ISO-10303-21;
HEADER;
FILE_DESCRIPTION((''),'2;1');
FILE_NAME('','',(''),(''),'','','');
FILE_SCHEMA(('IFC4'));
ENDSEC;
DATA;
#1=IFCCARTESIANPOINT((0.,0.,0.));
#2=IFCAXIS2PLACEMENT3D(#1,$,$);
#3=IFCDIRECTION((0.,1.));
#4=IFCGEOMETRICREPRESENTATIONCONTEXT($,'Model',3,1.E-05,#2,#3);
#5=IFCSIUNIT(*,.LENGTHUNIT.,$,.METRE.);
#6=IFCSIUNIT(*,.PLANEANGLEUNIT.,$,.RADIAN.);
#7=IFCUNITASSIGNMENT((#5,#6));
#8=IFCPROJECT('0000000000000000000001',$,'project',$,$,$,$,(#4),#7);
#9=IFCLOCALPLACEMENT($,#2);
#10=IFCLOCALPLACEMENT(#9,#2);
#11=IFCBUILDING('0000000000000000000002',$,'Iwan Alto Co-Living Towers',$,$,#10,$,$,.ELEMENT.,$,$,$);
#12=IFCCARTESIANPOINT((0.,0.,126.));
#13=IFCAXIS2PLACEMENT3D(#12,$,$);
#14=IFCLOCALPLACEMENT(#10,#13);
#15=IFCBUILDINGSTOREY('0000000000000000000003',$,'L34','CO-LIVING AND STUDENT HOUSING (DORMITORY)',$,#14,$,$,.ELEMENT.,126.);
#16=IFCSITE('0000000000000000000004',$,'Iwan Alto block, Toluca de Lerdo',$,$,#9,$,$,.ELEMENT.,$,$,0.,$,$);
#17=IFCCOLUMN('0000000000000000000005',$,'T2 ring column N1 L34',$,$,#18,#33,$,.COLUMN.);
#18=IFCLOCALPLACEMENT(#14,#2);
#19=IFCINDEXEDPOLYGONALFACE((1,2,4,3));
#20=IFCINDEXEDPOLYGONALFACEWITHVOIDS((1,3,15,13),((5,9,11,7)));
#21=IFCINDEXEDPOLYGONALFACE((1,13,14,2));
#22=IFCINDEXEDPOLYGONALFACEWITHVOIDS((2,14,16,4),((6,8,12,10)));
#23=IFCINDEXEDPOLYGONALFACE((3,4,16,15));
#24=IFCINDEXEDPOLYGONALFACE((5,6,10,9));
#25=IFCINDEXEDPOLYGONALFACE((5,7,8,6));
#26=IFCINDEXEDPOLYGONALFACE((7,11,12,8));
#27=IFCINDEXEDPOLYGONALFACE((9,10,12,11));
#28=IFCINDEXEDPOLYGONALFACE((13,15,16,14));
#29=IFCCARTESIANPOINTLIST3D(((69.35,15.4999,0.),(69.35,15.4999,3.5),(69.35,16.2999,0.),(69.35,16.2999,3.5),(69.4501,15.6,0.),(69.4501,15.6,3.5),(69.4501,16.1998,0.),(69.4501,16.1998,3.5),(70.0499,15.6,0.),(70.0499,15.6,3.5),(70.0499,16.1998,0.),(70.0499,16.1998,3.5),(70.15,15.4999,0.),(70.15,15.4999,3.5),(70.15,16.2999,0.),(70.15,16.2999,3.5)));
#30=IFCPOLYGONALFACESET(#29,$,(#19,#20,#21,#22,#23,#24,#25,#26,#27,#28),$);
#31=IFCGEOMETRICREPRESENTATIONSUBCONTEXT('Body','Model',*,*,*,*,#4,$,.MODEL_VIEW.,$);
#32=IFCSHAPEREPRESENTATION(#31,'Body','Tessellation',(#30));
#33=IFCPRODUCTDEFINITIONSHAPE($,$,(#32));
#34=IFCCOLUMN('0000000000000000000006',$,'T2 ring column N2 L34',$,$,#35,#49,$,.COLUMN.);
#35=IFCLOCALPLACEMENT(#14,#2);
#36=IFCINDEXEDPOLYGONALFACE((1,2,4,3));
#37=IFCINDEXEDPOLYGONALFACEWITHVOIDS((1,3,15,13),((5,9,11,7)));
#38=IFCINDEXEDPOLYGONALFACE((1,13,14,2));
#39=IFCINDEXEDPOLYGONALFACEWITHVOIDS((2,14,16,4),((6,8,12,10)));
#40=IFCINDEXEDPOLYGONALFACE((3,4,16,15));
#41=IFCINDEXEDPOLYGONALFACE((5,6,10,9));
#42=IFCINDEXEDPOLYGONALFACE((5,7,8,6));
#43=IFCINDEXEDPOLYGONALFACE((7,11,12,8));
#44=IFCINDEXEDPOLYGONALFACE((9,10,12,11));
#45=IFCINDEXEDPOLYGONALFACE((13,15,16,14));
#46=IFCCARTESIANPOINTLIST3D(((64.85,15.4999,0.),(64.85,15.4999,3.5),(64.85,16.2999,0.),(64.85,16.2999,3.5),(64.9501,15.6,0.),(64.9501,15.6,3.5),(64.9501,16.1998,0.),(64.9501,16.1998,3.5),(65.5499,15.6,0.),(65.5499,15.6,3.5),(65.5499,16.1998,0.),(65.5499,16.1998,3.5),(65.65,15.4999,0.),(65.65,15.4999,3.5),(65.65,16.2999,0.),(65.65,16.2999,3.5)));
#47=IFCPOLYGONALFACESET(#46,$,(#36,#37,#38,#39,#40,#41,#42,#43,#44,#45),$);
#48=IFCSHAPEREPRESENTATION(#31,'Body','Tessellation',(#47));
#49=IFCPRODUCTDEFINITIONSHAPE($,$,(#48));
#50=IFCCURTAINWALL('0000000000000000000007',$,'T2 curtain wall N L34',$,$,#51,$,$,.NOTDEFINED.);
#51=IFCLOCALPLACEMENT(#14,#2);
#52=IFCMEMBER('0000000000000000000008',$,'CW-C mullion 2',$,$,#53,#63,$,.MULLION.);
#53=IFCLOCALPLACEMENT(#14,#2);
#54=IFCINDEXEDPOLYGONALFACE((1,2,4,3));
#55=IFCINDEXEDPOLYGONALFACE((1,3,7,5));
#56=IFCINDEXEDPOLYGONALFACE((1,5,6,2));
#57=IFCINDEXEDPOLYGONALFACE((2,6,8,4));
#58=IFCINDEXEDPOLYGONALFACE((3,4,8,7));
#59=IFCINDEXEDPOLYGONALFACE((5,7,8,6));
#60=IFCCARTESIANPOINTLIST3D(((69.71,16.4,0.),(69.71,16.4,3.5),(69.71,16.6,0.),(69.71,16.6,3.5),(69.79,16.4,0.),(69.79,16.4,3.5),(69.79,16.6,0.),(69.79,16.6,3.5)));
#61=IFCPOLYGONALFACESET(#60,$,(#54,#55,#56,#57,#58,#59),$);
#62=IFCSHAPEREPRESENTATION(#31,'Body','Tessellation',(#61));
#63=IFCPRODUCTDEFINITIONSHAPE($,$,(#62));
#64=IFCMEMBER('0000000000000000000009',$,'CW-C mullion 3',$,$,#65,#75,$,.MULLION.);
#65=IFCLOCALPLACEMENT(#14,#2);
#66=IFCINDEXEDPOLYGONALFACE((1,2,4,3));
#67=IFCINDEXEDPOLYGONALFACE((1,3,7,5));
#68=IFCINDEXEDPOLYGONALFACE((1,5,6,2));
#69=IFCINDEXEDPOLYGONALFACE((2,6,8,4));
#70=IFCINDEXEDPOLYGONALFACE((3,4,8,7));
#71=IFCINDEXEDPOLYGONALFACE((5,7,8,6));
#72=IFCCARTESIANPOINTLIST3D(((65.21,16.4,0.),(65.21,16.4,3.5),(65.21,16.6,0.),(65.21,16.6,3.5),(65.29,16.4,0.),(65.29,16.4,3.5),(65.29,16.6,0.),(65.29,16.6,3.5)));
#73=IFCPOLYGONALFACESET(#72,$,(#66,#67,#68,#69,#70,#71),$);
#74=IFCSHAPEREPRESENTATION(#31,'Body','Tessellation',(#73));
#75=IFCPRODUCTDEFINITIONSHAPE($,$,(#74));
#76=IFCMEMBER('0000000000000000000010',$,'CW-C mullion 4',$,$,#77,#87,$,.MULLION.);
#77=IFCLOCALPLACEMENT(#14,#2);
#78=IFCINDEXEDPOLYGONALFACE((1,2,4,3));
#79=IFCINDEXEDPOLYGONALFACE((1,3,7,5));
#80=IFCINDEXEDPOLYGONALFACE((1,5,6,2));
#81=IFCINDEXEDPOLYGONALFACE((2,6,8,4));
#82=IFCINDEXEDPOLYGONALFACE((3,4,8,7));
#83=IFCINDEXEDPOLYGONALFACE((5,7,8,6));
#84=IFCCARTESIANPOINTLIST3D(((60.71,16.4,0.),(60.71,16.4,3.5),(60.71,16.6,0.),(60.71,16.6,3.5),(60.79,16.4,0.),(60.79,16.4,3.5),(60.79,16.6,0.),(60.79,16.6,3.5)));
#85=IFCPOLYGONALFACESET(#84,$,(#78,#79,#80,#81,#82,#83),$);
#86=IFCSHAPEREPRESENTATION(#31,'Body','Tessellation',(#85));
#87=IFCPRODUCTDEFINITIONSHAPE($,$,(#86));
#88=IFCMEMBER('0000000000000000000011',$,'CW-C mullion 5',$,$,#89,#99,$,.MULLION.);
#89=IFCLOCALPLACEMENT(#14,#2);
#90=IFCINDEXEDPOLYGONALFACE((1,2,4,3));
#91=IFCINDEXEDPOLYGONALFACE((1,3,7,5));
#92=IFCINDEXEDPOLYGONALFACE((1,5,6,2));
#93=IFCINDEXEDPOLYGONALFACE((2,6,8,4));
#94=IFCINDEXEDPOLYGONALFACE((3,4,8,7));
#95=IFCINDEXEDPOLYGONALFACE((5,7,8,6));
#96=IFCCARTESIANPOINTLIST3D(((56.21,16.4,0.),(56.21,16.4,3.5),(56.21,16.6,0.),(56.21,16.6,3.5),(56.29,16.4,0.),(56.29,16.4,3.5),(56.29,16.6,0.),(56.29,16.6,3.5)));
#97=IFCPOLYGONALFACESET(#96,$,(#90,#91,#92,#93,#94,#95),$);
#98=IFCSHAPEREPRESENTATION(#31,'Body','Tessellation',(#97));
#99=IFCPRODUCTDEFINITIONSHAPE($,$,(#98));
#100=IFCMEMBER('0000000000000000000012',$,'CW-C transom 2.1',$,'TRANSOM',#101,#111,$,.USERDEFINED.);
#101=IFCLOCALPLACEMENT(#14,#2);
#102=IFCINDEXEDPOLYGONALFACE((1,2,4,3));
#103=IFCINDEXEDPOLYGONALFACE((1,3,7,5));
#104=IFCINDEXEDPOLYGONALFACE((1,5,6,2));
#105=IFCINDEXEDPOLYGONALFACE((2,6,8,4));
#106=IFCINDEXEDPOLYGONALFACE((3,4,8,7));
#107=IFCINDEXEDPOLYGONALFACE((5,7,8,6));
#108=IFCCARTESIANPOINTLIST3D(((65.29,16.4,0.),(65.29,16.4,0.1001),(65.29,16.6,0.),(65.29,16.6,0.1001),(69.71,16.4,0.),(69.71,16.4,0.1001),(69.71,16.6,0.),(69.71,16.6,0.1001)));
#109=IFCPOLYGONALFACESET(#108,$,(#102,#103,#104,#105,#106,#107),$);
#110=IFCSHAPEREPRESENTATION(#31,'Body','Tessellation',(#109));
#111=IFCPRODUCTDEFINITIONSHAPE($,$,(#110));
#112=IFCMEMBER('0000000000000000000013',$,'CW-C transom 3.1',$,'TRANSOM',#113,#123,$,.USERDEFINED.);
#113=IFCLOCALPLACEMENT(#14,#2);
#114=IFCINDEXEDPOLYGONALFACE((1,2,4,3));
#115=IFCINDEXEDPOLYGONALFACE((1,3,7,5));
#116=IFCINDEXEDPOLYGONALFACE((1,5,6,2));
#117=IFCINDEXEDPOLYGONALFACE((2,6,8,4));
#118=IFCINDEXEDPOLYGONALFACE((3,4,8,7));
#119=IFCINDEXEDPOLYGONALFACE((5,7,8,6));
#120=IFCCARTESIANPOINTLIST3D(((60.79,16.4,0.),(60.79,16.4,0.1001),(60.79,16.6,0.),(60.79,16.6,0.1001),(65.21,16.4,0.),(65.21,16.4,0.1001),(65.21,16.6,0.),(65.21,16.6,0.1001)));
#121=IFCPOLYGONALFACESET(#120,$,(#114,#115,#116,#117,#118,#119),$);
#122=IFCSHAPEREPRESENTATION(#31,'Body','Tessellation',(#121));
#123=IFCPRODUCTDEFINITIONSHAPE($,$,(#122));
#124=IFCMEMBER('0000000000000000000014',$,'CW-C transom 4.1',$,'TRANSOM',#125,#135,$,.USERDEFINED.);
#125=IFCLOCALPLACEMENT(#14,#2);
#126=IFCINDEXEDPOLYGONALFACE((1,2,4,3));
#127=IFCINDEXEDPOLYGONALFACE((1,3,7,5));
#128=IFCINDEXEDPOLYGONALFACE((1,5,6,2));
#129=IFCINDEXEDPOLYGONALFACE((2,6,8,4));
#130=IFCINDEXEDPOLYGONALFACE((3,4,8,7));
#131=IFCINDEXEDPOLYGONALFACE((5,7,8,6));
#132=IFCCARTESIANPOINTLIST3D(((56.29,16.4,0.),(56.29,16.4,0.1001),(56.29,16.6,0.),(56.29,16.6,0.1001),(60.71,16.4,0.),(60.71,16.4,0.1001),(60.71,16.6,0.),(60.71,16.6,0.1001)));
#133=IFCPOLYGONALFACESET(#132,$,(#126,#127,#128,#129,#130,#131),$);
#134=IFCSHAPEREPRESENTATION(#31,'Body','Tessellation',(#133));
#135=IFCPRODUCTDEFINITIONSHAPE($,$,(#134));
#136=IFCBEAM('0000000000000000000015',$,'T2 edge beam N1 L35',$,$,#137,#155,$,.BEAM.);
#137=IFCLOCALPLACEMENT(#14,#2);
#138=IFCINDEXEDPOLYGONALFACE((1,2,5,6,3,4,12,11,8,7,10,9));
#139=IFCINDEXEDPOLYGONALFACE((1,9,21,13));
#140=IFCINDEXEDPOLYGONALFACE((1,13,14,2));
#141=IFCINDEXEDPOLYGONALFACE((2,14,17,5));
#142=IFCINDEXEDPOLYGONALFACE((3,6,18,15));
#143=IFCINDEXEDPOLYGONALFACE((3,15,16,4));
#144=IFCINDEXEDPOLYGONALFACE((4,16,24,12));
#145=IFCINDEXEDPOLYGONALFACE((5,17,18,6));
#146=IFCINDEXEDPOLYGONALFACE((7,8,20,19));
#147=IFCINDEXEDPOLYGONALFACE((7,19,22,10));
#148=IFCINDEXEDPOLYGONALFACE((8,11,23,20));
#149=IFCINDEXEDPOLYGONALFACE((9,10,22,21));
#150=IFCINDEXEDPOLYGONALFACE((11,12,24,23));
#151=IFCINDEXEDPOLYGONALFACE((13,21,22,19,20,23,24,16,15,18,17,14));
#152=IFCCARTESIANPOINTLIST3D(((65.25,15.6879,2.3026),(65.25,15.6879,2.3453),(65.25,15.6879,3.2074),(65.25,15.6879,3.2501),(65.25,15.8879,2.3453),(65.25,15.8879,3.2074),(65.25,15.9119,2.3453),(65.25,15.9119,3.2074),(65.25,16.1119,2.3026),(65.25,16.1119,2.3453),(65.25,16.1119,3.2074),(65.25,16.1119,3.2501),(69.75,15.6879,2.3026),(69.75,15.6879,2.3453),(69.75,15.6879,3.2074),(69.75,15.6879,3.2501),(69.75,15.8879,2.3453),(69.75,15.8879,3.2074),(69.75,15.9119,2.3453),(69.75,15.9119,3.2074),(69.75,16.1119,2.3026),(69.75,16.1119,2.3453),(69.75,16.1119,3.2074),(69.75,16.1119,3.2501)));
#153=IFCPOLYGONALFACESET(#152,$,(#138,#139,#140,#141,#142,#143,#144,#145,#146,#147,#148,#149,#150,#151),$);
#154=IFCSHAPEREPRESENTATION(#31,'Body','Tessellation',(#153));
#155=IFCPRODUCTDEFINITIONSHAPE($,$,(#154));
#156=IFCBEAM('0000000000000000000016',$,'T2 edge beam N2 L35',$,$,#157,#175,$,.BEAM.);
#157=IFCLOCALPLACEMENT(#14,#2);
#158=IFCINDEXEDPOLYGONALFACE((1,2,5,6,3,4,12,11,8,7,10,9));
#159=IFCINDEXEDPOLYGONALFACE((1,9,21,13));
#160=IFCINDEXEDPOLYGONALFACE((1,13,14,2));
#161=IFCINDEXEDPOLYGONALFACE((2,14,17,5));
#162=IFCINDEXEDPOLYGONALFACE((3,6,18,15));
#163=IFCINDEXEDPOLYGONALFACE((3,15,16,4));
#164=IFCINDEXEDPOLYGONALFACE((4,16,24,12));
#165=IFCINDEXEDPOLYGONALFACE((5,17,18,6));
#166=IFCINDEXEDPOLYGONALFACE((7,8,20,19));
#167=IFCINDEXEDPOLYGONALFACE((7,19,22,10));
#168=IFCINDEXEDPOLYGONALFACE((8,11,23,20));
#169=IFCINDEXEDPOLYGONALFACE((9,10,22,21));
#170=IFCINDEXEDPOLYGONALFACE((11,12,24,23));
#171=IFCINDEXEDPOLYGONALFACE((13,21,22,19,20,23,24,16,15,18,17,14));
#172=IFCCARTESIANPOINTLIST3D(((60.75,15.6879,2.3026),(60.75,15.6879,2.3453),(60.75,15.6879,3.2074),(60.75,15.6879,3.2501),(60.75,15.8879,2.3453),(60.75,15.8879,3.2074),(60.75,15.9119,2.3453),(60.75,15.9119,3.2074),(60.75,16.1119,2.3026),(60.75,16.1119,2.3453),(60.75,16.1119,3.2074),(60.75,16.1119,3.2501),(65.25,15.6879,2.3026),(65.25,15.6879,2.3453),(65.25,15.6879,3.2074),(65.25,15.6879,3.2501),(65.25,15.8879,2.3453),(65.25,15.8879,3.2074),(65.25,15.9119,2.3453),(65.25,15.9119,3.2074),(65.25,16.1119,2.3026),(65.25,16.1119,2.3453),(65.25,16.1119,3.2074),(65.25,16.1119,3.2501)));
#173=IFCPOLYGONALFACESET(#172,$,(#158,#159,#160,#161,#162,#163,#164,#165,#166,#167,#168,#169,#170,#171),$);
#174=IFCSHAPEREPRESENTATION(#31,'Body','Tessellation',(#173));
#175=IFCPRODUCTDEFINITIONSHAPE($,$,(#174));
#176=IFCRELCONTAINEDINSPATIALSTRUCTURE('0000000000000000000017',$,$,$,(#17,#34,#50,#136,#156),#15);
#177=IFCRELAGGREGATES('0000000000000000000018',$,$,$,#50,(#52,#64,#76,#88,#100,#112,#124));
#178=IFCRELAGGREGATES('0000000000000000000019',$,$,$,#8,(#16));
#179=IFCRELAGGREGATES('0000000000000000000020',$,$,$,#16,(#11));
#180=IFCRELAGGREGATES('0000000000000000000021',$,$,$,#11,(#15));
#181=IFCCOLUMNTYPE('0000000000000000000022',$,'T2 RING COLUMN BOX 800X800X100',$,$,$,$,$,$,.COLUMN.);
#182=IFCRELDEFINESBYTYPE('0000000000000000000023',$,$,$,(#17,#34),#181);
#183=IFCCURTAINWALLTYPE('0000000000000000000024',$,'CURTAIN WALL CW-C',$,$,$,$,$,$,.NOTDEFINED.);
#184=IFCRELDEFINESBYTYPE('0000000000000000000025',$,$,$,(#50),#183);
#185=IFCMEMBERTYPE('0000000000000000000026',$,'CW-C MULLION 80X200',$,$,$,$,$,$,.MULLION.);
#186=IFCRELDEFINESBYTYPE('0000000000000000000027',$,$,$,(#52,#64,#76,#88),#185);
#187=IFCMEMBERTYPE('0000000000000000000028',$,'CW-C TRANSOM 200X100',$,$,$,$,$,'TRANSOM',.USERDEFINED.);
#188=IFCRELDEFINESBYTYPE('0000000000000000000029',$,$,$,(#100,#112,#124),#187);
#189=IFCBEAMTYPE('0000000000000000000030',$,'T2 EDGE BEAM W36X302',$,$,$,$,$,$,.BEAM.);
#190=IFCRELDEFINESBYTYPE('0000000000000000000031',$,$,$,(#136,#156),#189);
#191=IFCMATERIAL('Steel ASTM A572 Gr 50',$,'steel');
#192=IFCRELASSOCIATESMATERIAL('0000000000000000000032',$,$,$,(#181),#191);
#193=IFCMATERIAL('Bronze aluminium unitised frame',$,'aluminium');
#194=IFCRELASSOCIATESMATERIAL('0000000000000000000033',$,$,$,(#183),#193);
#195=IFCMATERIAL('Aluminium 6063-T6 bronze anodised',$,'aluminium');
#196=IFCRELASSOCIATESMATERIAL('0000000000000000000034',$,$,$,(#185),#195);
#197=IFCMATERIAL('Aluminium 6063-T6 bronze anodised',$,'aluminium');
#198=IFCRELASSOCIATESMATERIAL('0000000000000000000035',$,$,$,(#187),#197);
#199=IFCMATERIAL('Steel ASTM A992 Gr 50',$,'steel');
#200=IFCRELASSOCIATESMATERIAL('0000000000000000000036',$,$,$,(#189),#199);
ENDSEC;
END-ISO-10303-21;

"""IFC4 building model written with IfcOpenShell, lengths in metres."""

from ifc_helpers import new_model, si_unit, direction, frame, origin, origin_2d, place, context, subcontext, project, spatial, rectangle, hollow_rectangle, i_section, extrude, material, material_profile, profile_set, type_object, element, aggregate, save


model = new_model("IFC4")

# Units and contexts
model_context = context("Model", 3, precision=1e-05, world=origin(), true_north=direction((0.0, 1.0)))
body_context = subcontext(model_context, "Body", "Model", "MODEL_VIEW")
ifc_project = project(units=[si_unit("LENGTHUNIT", "METRE"), si_unit("PLANEANGLEUNIT", "RADIAN")], contexts=[model_context])

# Site, building, storey
site_placement = place(None, origin())
site = spatial("IfcSite", under=ifc_project, at=site_placement, Name="Iwan Alto block, Toluca de Lerdo", CompositionType="ELEMENT", RefElevation=0.0)
building_placement = place(site_placement, origin())
building = spatial("IfcBuilding", under=site, at=building_placement, Name="Iwan Alto Co-Living Towers", CompositionType="ELEMENT")
storey_placement = place(building_placement, frame((0.0, 0.0, 126.0)))
storey = spatial("IfcBuildingStorey", under=building, at=storey_placement, Name="L34", Description="CO-LIVING AND STUDENT HOUSING (DORMITORY)", CompositionType="ELEMENT", Elevation=126.0)

# Columns
ifc_material_1 = material(Name="Steel ASTM A572 Gr 50", Category="steel")
ifc_material_profile_1 = material_profile(ifc_material_1, hollow_rectangle(XDim=0.8, YDim=0.8, WallThickness=0.1001, at=origin_2d()), Name="BOX 800X800X100")
ifc_profile_set_1 = profile_set([ifc_material_profile_1], Name="Steel ASTM A572 Gr 50")
column_type = type_object("IfcColumnType", Name="T2 RING COLUMN BOX 800X800X100", PredefinedType="COLUMN", material=ifc_profile_set_1)
for number, where, z_axis, x_axis, name in (
    (1, (69.75, 15.8999, 0.0), (0.0, 0.0, 1.0), (1.0, 0.0, 0.0), "T2 ring column N1 L34"),
    (2, (65.25, 15.8999, 0.0), (0.0, 0.0, 1.0), (1.0, 0.0, 0.0), "T2 ring column N2 L34"),
):
    element("IfcColumn", number, at=place(storey_placement, frame(where, z_axis=z_axis, x_axis=x_axis)), inside=storey, type_object=column_type, Name=name, PredefinedType="COLUMN", context=body_context, shape_type="SweptSolid", body=[
        extrude(hollow_rectangle(XDim=0.8, YDim=0.8, WallThickness=0.1001, at=origin_2d()), origin(), (0.0, 0.0, 1.0), 3.5),
    ])

# Curtain wall, members
ifc_material_2 = material(Name="Bronze aluminium unitised frame", Category="aluminium")
curtain_wall_type = type_object("IfcCurtainWallType", Name="CURTAIN WALL CW-C", PredefinedType="NOTDEFINED", material=ifc_material_2)
curtain_wall_placement = place(storey_placement, origin())
curtain_wall = element("IfcCurtainWall", 3, at=curtain_wall_placement, inside=storey, type_object=curtain_wall_type, Name="T2 curtain wall N L34", PredefinedType="NOTDEFINED")
ifc_material_3 = material(Name="Aluminium 6063-T6 bronze anodised", Category="aluminium")
ifc_material_profile_2 = material_profile(ifc_material_3, rectangle(XDim=0.2, YDim=0.0801, at=origin_2d()), Name="AL 80X200")
ifc_profile_set_2 = profile_set([ifc_material_profile_2], Name="Aluminium 6063-T6 bronze anodised")
member_type_1 = type_object("IfcMemberType", Name="CW-C MULLION 80X200", PredefinedType="MULLION", material=ifc_profile_set_2)
member_1_placement = place(storey_placement, frame((69.75, 16.5, 0.0), z_axis=(0.0, 0.0, 1.0), x_axis=(0.0, -1.0, 0.0)))
member_1 = element("IfcMember", 4, at=member_1_placement, type_object=member_type_1, Name="CW-C mullion 2", PredefinedType="MULLION", context=body_context, shape_type="SweptSolid", body=[
    extrude(rectangle(XDim=0.2, YDim=0.0801, at=origin_2d()), origin(), (0.0, 0.0, 1.0), 3.5),
])
member_2_placement = place(storey_placement, frame((65.25, 16.5, 0.0), z_axis=(0.0, 0.0, 1.0), x_axis=(0.0, -1.0, 0.0)))
member_2 = element("IfcMember", 5, at=member_2_placement, type_object=member_type_1, Name="CW-C mullion 3", PredefinedType="MULLION", context=body_context, shape_type="SweptSolid", body=[
    extrude(rectangle(XDim=0.2, YDim=0.0801, at=origin_2d()), origin(), (0.0, 0.0, 1.0), 3.5),
])
member_3_placement = place(storey_placement, frame((60.75, 16.5, 0.0), z_axis=(0.0, 0.0, 1.0), x_axis=(0.0, -1.0, 0.0)))
member_3 = element("IfcMember", 6, at=member_3_placement, type_object=member_type_1, Name="CW-C mullion 4", PredefinedType="MULLION", context=body_context, shape_type="SweptSolid", body=[
    extrude(rectangle(XDim=0.2, YDim=0.0801, at=origin_2d()), origin(), (0.0, 0.0, 1.0), 3.5),
])
member_4_placement = place(storey_placement, frame((56.25, 16.5, 0.0), z_axis=(0.0, 0.0, 1.0), x_axis=(0.0, -1.0, 0.0)))
member_4 = element("IfcMember", 7, at=member_4_placement, type_object=member_type_1, Name="CW-C mullion 5", PredefinedType="MULLION", context=body_context, shape_type="SweptSolid", body=[
    extrude(rectangle(XDim=0.2, YDim=0.0801, at=origin_2d()), origin(), (0.0, 0.0, 1.0), 3.5),
])
ifc_material_4 = material(Name="Aluminium 6063-T6 bronze anodised", Category="aluminium")
ifc_material_profile_3 = material_profile(ifc_material_4, rectangle(XDim=0.2, YDim=0.1001, at=origin_2d()), Name="AL 200X100")
ifc_profile_set_3 = profile_set([ifc_material_profile_3], Name="Aluminium 6063-T6 bronze anodised")
member_type_2 = type_object("IfcMemberType", Name="CW-C TRANSOM 200X100", ElementType="TRANSOM", PredefinedType="USERDEFINED", material=ifc_profile_set_3)
member_5_placement = place(storey_placement, frame((69.71, 16.5, 0.05), z_axis=(-1.0, 0.0, 0.0), x_axis=(0.0, -1.0, 0.0)))
member_5 = element("IfcMember", 8, at=member_5_placement, type_object=member_type_2, Name="CW-C transom 2.1", ObjectType="TRANSOM", PredefinedType="USERDEFINED", context=body_context, shape_type="SweptSolid", body=[
    extrude(rectangle(XDim=0.2, YDim=0.1001, at=origin_2d()), origin(), (0.0, 0.0, 1.0), 4.4199),
])
member_6_placement = place(storey_placement, frame((65.21, 16.5, 0.05), z_axis=(-1.0, 0.0, 0.0), x_axis=(0.0, -1.0, 0.0)))
member_6 = element("IfcMember", 9, at=member_6_placement, type_object=member_type_2, Name="CW-C transom 3.1", ObjectType="TRANSOM", PredefinedType="USERDEFINED", context=body_context, shape_type="SweptSolid", body=[
    extrude(rectangle(XDim=0.2, YDim=0.1001, at=origin_2d()), origin(), (0.0, 0.0, 1.0), 4.4199),
])
member_7_placement = place(storey_placement, frame((60.71, 16.5, 0.05), z_axis=(-1.0, 0.0, 0.0), x_axis=(0.0, -1.0, 0.0)))
member_7 = element("IfcMember", 10, at=member_7_placement, type_object=member_type_2, Name="CW-C transom 4.1", ObjectType="TRANSOM", PredefinedType="USERDEFINED", context=body_context, shape_type="SweptSolid", body=[
    extrude(rectangle(XDim=0.2, YDim=0.1001, at=origin_2d()), origin(), (0.0, 0.0, 1.0), 4.4199),
])

# Beams
ifc_material_5 = material(Name="Steel ASTM A992 Gr 50", Category="steel")
ifc_material_profile_4 = material_profile(ifc_material_5, i_section(OverallWidth=0.4241, OverallDepth=0.9475, WebThickness=0.0239, FlangeThickness=0.0427, at=origin_2d()), Name="W36X302")
ifc_profile_set_4 = profile_set([ifc_material_profile_4], Name="Steel ASTM A992 Gr 50")
beam_type_1 = type_object("IfcBeamType", Name="T2 EDGE BEAM W36X302", PredefinedType="BEAM", material=ifc_profile_set_4)
for number, where, z_axis, x_axis, name in (
    (11, (69.75, 15.8999, 2.7764), (-1.0, 0.0, 0.0), (0.0, -1.0, 0.0), "T2 edge beam N1 L35"),
    (12, (65.25, 15.8999, 2.7764), (-1.0, 0.0, 0.0), (0.0, -1.0, 0.0), "T2 edge beam N2 L35"),
):
    element("IfcBeam", number, at=place(storey_placement, frame(where, z_axis=z_axis, x_axis=x_axis)), inside=storey, type_object=beam_type_1, Name=name, PredefinedType="BEAM", context=body_context, shape_type="SweptSolid", body=[
        extrude(i_section(OverallWidth=0.4241, OverallDepth=0.9475, WebThickness=0.0239, FlangeThickness=0.0427, at=origin_2d()), origin(), (0.0, 0.0, 1.0), 4.5),
    ])

aggregate(curtain_wall, [member_1, member_2, member_3, member_4, member_5, member_6, member_7])

save(model, "model.ifc")
